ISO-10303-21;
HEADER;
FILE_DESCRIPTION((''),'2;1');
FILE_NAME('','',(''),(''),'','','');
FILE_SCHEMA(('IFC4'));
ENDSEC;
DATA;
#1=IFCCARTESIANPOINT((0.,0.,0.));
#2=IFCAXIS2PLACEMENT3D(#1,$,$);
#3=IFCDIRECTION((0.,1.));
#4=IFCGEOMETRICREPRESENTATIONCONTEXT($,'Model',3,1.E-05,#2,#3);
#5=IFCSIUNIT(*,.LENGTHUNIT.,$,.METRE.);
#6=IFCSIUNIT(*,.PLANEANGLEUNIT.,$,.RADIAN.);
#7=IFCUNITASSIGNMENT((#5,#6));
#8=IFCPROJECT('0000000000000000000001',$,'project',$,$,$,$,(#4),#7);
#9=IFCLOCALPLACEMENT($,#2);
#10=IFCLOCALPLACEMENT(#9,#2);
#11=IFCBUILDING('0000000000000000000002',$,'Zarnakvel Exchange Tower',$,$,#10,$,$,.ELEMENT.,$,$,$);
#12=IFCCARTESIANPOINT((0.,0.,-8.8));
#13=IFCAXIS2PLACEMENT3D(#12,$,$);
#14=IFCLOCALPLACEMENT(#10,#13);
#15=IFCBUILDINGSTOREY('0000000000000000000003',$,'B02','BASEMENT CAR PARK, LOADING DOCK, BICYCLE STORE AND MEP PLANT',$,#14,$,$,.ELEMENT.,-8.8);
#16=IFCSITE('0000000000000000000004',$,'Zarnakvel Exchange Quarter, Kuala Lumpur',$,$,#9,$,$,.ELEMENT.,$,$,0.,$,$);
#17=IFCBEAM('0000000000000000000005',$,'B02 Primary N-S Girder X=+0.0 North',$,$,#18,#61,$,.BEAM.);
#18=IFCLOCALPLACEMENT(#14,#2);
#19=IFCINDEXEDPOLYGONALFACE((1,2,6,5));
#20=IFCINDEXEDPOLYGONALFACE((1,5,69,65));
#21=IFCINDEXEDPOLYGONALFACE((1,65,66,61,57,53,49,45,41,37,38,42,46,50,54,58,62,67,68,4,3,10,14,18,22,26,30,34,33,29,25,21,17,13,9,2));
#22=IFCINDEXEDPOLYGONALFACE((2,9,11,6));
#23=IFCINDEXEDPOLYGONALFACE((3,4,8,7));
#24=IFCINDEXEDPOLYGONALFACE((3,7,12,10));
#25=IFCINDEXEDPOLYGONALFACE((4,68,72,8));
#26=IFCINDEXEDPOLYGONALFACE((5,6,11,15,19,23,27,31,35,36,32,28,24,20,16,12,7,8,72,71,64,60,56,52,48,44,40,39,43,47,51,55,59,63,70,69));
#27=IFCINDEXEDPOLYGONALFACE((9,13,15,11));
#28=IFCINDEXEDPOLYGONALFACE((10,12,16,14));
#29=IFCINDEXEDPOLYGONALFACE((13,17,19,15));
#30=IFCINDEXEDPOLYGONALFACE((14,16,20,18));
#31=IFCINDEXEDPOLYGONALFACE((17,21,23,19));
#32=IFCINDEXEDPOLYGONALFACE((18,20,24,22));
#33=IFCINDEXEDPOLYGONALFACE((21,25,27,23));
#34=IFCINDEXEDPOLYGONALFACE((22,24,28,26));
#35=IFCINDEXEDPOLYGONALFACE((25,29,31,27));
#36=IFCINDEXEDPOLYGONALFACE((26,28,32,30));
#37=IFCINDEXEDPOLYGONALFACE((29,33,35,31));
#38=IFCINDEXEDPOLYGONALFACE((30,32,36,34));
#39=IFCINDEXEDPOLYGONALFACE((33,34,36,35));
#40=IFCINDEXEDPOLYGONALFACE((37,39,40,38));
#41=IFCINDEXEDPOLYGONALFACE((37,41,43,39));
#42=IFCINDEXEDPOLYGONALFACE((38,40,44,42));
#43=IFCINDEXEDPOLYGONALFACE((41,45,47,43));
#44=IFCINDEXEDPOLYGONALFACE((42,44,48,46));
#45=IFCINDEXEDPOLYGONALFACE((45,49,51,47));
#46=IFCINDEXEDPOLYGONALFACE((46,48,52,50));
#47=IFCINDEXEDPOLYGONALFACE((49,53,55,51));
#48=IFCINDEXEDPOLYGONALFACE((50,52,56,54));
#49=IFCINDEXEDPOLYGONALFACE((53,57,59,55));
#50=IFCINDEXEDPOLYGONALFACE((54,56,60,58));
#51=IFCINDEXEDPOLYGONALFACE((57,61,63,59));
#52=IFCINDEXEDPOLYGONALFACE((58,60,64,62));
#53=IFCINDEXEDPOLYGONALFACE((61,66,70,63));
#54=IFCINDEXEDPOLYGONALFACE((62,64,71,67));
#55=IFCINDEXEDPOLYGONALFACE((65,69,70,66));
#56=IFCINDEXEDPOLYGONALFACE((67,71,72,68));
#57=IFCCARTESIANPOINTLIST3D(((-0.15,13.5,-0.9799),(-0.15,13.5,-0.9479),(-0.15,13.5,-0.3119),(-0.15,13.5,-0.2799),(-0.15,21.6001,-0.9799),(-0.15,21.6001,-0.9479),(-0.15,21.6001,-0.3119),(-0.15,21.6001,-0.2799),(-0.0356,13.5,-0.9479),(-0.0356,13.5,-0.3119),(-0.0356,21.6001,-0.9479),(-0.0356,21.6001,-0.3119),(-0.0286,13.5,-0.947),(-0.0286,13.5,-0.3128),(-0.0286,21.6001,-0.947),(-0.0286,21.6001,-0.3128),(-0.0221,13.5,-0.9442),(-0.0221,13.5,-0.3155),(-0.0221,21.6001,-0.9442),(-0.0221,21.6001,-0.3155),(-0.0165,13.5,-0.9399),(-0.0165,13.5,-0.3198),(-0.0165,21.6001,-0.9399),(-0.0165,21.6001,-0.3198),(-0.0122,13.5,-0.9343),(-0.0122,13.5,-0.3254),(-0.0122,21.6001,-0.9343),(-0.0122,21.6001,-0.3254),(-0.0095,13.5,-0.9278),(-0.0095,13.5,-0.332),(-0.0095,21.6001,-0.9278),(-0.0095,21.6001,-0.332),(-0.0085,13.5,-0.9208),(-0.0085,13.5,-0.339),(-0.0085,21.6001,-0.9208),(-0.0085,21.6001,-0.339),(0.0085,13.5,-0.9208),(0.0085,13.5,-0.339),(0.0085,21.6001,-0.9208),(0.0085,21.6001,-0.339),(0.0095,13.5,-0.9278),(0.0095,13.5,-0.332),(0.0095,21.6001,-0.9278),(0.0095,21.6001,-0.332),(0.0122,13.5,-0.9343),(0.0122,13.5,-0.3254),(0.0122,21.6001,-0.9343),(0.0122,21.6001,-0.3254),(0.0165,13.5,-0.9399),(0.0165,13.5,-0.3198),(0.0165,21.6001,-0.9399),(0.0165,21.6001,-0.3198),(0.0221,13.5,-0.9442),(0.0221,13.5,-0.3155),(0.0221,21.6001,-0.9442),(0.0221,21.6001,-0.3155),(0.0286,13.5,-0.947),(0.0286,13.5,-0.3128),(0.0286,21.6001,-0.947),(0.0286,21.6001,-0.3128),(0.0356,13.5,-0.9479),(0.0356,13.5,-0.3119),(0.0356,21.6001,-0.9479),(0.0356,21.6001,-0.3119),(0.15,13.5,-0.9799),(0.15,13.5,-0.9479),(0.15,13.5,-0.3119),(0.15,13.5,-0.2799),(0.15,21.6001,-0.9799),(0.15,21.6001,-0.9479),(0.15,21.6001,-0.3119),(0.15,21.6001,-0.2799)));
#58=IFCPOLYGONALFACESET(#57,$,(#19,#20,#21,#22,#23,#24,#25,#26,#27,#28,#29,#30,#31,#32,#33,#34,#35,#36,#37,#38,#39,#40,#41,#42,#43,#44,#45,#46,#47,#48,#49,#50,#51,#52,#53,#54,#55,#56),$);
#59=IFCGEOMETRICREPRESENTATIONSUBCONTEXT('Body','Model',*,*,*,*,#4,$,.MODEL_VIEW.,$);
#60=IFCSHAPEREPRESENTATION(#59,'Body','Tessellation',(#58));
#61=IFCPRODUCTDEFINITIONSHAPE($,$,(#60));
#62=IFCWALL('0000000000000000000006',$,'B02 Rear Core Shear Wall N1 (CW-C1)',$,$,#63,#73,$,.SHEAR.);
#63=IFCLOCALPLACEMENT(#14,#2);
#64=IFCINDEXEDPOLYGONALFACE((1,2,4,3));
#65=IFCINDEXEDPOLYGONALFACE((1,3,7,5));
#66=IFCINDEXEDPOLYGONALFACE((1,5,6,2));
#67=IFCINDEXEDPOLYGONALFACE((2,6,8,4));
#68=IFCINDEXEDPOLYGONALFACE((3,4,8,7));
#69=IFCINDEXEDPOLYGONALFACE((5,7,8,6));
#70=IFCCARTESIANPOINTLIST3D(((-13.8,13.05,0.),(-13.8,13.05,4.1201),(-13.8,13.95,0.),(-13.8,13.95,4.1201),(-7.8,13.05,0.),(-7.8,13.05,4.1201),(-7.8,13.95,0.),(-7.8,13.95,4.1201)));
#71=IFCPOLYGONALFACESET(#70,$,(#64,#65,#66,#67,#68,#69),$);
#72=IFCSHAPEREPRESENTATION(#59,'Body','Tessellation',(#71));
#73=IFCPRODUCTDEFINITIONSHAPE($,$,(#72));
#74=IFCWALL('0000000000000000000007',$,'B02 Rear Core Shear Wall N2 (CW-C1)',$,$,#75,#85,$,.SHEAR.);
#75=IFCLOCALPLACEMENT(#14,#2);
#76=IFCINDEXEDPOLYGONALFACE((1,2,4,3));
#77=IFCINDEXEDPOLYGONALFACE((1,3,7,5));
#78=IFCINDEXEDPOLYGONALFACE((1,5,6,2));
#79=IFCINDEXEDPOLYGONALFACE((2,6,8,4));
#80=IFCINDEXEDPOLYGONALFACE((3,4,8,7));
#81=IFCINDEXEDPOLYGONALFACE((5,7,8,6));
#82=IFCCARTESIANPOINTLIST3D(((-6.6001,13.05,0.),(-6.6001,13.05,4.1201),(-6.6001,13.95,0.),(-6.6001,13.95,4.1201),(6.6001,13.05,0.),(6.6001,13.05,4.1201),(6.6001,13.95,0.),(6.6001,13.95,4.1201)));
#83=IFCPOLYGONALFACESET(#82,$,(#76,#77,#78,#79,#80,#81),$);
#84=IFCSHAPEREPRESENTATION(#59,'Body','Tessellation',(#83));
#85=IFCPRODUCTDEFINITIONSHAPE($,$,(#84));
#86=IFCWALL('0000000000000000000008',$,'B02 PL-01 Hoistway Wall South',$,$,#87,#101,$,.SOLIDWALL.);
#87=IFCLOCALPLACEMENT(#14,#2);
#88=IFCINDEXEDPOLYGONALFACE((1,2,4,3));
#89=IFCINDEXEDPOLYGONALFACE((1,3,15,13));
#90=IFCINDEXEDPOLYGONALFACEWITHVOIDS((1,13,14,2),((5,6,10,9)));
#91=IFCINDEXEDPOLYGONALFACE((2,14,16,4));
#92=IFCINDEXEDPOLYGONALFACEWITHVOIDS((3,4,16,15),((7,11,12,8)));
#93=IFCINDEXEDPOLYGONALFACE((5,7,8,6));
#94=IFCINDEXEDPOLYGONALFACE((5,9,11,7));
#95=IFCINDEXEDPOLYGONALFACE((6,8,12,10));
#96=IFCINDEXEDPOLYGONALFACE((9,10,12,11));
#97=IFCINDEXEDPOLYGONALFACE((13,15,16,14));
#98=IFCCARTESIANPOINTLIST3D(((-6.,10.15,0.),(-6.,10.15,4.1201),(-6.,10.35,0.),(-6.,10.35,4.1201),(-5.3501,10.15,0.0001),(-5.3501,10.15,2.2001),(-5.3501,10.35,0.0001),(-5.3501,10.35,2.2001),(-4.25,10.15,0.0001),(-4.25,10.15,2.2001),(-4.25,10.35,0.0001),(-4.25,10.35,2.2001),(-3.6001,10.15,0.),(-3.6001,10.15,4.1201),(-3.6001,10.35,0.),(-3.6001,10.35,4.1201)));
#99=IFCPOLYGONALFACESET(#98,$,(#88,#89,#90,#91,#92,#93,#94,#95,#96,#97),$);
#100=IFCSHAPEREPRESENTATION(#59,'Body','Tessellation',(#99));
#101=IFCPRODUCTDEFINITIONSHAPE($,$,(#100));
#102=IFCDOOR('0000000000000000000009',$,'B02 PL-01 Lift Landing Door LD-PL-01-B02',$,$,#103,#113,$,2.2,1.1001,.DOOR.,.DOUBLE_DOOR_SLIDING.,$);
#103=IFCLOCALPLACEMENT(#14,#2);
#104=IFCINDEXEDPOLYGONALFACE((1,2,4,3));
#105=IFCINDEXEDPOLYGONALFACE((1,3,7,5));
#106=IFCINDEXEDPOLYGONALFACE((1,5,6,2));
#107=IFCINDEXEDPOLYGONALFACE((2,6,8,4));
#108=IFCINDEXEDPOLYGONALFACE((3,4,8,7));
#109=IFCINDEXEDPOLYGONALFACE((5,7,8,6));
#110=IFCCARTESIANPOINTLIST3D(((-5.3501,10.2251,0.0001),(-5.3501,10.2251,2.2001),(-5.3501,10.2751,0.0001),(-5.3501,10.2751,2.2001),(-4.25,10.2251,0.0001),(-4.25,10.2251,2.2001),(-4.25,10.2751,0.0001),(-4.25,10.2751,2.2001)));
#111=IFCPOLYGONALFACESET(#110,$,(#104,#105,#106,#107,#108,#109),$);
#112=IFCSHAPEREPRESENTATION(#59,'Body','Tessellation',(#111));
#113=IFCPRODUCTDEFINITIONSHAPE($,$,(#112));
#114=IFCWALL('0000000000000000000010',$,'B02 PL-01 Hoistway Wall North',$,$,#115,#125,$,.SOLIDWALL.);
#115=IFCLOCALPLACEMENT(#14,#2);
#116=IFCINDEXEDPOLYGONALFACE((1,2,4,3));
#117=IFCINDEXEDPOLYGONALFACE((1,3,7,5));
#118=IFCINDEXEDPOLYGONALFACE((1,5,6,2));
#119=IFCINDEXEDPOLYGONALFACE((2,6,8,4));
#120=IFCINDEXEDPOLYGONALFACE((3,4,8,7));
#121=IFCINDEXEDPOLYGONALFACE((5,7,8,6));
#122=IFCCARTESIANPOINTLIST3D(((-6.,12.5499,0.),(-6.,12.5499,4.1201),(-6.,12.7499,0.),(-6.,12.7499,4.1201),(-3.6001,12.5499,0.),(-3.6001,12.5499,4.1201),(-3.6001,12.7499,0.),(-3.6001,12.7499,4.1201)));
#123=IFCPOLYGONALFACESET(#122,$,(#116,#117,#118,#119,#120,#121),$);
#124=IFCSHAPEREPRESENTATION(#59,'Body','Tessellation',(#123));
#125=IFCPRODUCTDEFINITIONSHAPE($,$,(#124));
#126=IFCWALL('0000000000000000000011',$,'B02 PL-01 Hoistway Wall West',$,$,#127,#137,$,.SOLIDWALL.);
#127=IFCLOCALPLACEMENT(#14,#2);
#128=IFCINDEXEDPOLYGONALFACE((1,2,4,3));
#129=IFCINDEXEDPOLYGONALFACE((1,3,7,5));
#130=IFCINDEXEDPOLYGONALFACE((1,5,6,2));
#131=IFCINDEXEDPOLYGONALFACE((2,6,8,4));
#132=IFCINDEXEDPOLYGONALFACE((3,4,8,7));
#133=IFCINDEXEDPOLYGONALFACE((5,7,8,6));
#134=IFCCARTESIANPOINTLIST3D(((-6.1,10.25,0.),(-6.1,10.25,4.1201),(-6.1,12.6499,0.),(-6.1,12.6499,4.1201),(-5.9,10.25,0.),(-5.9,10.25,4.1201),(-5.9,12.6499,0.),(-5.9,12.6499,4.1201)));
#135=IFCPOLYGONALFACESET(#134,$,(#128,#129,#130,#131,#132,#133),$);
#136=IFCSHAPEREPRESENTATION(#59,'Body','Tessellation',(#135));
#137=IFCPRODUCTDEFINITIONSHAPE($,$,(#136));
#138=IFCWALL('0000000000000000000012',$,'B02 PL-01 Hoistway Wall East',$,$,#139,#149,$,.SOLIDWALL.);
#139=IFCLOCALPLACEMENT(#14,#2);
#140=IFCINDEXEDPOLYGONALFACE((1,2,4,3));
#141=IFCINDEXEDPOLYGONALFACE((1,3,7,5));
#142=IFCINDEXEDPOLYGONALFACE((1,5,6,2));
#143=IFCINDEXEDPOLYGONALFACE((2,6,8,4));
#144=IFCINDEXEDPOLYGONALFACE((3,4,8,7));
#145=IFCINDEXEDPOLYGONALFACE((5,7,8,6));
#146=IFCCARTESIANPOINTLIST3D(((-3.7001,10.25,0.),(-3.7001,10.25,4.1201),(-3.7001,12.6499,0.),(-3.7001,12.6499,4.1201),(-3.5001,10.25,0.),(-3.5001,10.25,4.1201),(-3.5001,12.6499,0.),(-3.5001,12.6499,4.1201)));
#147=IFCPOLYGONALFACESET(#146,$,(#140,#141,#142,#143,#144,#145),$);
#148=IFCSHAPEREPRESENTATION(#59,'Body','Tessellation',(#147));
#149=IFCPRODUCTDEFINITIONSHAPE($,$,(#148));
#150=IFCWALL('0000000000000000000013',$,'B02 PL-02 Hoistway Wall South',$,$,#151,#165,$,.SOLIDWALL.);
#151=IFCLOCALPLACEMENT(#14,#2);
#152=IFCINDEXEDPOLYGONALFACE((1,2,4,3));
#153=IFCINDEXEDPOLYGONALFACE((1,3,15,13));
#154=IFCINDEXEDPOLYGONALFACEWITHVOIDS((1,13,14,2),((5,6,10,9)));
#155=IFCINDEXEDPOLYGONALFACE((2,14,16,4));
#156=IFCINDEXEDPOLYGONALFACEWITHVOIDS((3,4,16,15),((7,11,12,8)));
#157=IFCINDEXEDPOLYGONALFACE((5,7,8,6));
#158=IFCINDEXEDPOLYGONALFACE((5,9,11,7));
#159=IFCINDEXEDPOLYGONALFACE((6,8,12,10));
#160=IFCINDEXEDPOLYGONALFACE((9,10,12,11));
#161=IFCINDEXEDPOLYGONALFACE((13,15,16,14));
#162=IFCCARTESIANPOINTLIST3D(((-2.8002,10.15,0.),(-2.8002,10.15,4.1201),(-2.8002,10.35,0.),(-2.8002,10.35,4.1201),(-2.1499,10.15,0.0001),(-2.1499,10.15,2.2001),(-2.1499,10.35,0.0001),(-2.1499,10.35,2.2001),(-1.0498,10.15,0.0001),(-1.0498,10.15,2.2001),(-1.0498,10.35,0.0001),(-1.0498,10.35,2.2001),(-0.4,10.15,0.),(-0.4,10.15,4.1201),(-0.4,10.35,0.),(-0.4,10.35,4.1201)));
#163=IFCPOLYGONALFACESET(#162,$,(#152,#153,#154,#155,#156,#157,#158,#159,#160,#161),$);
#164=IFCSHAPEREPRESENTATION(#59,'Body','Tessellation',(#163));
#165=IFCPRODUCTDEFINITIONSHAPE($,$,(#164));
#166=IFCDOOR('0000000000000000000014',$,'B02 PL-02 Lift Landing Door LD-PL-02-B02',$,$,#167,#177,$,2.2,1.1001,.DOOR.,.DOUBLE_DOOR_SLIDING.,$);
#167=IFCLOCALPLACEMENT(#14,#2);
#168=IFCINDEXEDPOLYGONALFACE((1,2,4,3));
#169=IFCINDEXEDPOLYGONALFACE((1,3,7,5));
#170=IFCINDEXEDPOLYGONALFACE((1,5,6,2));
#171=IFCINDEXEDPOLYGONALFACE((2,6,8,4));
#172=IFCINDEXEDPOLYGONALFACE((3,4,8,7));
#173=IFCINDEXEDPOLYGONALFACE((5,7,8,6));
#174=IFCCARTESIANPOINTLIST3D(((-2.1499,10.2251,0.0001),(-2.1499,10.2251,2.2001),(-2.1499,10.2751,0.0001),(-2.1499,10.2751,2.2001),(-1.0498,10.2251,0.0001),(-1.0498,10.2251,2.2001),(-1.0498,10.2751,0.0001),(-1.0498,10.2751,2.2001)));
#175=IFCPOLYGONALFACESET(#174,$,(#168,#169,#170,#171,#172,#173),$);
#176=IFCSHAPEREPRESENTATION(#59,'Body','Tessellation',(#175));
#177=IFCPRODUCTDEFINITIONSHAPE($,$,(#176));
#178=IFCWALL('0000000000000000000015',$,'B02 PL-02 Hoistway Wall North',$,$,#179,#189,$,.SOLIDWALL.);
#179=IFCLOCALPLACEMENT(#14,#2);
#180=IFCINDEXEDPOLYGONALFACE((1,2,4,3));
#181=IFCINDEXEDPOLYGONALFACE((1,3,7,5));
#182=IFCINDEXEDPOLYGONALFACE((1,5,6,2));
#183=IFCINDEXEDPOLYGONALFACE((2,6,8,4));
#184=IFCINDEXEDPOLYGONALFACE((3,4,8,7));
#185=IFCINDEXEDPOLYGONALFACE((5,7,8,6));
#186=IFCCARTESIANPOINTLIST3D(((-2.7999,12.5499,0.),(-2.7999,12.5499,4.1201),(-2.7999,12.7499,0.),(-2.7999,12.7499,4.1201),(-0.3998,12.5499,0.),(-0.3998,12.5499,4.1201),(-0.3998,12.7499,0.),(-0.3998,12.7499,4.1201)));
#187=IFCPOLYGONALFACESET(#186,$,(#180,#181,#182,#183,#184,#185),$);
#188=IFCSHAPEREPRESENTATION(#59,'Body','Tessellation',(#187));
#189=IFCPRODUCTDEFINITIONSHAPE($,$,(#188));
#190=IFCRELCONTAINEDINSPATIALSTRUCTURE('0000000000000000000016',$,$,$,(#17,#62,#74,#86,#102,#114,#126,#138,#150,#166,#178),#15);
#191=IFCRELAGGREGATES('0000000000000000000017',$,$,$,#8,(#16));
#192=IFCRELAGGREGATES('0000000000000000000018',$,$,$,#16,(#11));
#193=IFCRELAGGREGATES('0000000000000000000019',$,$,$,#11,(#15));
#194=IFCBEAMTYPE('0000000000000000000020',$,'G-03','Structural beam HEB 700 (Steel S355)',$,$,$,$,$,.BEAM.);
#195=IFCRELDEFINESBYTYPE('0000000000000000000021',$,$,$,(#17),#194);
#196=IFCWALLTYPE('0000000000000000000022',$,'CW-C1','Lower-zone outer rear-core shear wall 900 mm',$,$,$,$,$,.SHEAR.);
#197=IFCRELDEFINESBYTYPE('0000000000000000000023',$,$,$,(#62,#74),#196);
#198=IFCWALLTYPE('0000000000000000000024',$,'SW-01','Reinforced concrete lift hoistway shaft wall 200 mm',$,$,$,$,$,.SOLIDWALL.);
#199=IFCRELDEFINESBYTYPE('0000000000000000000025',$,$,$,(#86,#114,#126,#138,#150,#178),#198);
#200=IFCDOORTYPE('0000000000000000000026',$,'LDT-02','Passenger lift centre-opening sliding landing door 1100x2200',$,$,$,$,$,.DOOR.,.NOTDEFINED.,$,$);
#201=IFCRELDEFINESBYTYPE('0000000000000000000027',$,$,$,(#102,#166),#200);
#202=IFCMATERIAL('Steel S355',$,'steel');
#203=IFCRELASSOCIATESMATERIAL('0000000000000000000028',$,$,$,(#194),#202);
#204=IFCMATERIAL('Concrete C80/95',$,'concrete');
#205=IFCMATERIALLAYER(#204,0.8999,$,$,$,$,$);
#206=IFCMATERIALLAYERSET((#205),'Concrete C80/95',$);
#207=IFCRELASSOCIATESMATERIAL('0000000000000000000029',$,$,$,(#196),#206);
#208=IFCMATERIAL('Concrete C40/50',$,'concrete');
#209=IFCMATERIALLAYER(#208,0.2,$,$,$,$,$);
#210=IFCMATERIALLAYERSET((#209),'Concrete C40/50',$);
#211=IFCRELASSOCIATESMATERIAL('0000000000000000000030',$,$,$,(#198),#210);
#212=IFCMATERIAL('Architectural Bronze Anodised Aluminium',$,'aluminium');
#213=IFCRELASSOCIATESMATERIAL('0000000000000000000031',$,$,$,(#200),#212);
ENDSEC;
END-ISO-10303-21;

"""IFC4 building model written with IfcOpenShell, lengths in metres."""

from ifc_helpers import new_model, si_unit, direction, frame, frame_2d, origin, origin_2d, place, context, subcontext, project, spatial, rectangle, i_section, extrude, source, transform, mapped, material, layer, layer_set, material_profile, profile_set, type_object, element, fill, save


model = new_model("IFC4")

# Units and contexts
model_context = context("Model", 3, precision=1e-05, world=origin(), true_north=direction((0.0, 1.0)))
body_context = subcontext(model_context, "Body", "Model", "MODEL_VIEW")
ifc_project = project(units=[si_unit("LENGTHUNIT", "METRE"), si_unit("PLANEANGLEUNIT", "RADIAN")], contexts=[model_context])

# Site, building, storey
site_placement = place(None, origin())
site = spatial("IfcSite", under=ifc_project, at=site_placement, Name="Zarnakvel Exchange Quarter, Kuala Lumpur", CompositionType="ELEMENT", RefElevation=0.0)
building_placement = place(site_placement, origin())
building = spatial("IfcBuilding", under=site, at=building_placement, Name="Zarnakvel Exchange Tower", CompositionType="ELEMENT")
storey_placement = place(building_placement, frame((0.0, 0.0, -8.8)))
storey = spatial("IfcBuildingStorey", under=building, at=storey_placement, Name="B02", Description="BASEMENT CAR PARK, LOADING DOCK, BICYCLE STORE AND MEP PLANT", CompositionType="ELEMENT", Elevation=-8.8)

# Shared definitions
ifc_material_1 = material(Name="Concrete C80/95", Category="concrete")

# Beam
ifc_material_2 = material(Name="Steel S355", Category="steel")
ifc_material_profile_1 = material_profile(ifc_material_2, i_section(OverallWidth=0.3, OverallDepth=0.7, WebThickness=0.0171, FlangeThickness=0.032, FilletRadius=0.0271, at=origin_2d()))
ifc_profile_set_1 = profile_set([ifc_material_profile_1], Name="Steel S355")
beam_type_1 = type_object("IfcBeamType", Name="G-03", Description="Structural beam HEB 700 (Steel S355)", PredefinedType="BEAM", material=ifc_profile_set_1)
beam_1_placement = place(storey_placement, frame((0.0, 13.5, -0.6299), z_axis=(0.0, 1.0, 0.0), x_axis=(-1.0, 0.0, 0.0)))
element("IfcBeam", 1, at=beam_1_placement, inside=storey, type_object=beam_type_1, Name="B02 Primary N-S Girder X=+0.0 North", PredefinedType="BEAM", context=body_context, shape_type="SweptSolid", body=[
    extrude(i_section(OverallWidth=0.3, OverallDepth=0.7, WebThickness=0.0171, FlangeThickness=0.032, FilletRadius=0.0271, at=origin_2d()), origin(), (0.0, 0.0, 1.0), 8.1001),
])

# Walls
ifc_layer_1 = layer(ifc_material_1, 0.8999)
ifc_layer_set_1 = layer_set([ifc_layer_1], Name="Concrete C80/95")
wall_type_1 = type_object("IfcWallType", Name="CW-C1", Description="Lower-zone outer rear-core shear wall 900 mm", PredefinedType="SHEAR", material=ifc_layer_set_1)
wall_1_placement = place(storey_placement, frame((-13.8, 13.5, 0.0), z_axis=(0.0, 0.0, 1.0), x_axis=(1.0, 0.0, 0.0)))
element("IfcWall", 2, at=wall_1_placement, inside=storey, type_object=wall_type_1, Name="B02 Rear Core Shear Wall N1 (CW-C1)", PredefinedType="SHEAR", context=body_context, shape_type="SweptSolid", body=[
    extrude(rectangle(XDim=6.0, YDim=0.8999, at=frame_2d((3.0, 0.0))), origin(), (0.0, 0.0, 1.0), 4.1201),
])
wall_2_placement = place(storey_placement, frame((-6.6001, 13.5, 0.0), z_axis=(0.0, 0.0, 1.0), x_axis=(1.0, 0.0, 0.0)))
element("IfcWall", 3, at=wall_2_placement, inside=storey, type_object=wall_type_1, Name="B02 Rear Core Shear Wall N2 (CW-C1)", PredefinedType="SHEAR", context=body_context, shape_type="SweptSolid", body=[
    extrude(rectangle(XDim=13.2002, YDim=0.8999, at=frame_2d((6.6001, 0.0))), origin(), (0.0, 0.0, 1.0), 4.1201),
])

# Wall, opening, door
ifc_material_3 = material(Name="Concrete C40/50", Category="concrete")
ifc_layer_2 = layer(ifc_material_3, 0.2)
ifc_layer_set_2 = layer_set([ifc_layer_2], Name="Concrete C40/50")
wall_type_2 = type_object("IfcWallType", Name="SW-01", Description="Reinforced concrete lift hoistway shaft wall 200 mm", PredefinedType="SOLIDWALL", material=ifc_layer_set_2)
wall_3_placement = place(storey_placement, frame((-3.6001, 10.25, 0.0), z_axis=(0.0, 0.0, 1.0), x_axis=(-1.0, 0.0, 0.0)))
wall_3 = element("IfcWall", 4, at=wall_3_placement, inside=storey, type_object=wall_type_2, Name="B02 PL-01 Hoistway Wall South", PredefinedType="SOLIDWALL", context=body_context, shape_type="SweptSolid", body=[
    extrude(rectangle(XDim=2.3999, YDim=0.2, at=frame_2d((1.2, 0.0))), origin(), (0.0, 0.0, 1.0), 4.1201),
])
opening_1_placement = place(wall_3_placement, frame((0.6499, 0.0, 0.0)))
opening_1 = element("IfcOpeningElement", 5, at=opening_1_placement, cuts=wall_3, PredefinedType="OPENING", context=body_context, shape_type="SweptSolid", body=[
    extrude(rectangle(XDim=1.1001, YDim=2.2, at=frame_2d((0.55, 1.1001))), frame((0.0, 0.1099, 0.0), z_axis=(0.0, -1.0, 0.0), x_axis=(1.0, 0.0, 0.0)), (0.0, 0.0, 1.0), 0.22),
])
ifc_material_4 = material(Name="Architectural Bronze Anodised Aluminium", Category="aluminium")
door_type = type_object("IfcDoorType", Name="LDT-02", Description="Passenger lift centre-opening sliding landing door 1100x2200", OperationType="NOTDEFINED", PredefinedType="DOOR", material=ifc_material_4)
shared_shape = source(origin(), body_context, "Body", "SweptSolid", [
    extrude(rectangle(XDim=1.1001, YDim=2.2, at=frame_2d((0.55, 1.1001))), frame((0.0, 0.0249, 0.0), z_axis=(0.0, -1.0, 0.0), x_axis=(1.0, 0.0, 0.0)), (0.0, 0.0, 1.0), 0.05),
])
door_1_placement = place(opening_1_placement, origin())
door_1 = element("IfcDoor", 6, at=door_1_placement, inside=storey, type_object=door_type, Name="B02 PL-01 Lift Landing Door LD-PL-01-B02", OperationType="DOUBLE_DOOR_SLIDING", OverallHeight=2.2, OverallWidth=1.1001, PredefinedType="DOOR", context=body_context, shape_type="MappedRepresentation", body=[
    mapped(shared_shape, transform((0.0, 0.0, 0.0), x_axis=(1.0, 0.0, 0.0), y_axis=(0.0, 1.0, 0.0), z_axis=(0.0, 0.0, 1.0), scale=1.0)),
])
fill(opening_1, door_1)

# Walls
for number, where, z_axis, x_axis, name in (
    (7, (-6.0, 12.6499, 0.0), (0.0, 0.0, 1.0), (1.0, 0.0, 0.0), "B02 PL-01 Hoistway Wall North"),
    (8, (-6.0, 10.25, 0.0), (0.0, 0.0, 1.0), (0.0, 1.0, 0.0), "B02 PL-01 Hoistway Wall West"),
    (9, (-3.6001, 12.6499, 0.0), (0.0, 0.0, 1.0), (0.0, -1.0, 0.0), "B02 PL-01 Hoistway Wall East"),
):
    element("IfcWall", number, at=place(storey_placement, frame(where, z_axis=z_axis, x_axis=x_axis)), inside=storey, type_object=wall_type_2, Name=name, PredefinedType="SOLIDWALL", context=body_context, shape_type="SweptSolid", body=[
        extrude(rectangle(XDim=2.3999, YDim=0.2, at=frame_2d((1.2, 0.0))), origin(), (0.0, 0.0, 1.0), 4.1201),
    ])

# Wall, opening, door
wall_4_placement = place(storey_placement, frame((-0.3999, 10.25, 0.0), z_axis=(0.0, 0.0, 1.0), x_axis=(-1.0, 0.0, 0.0)))
wall_4 = element("IfcWall", 10, at=wall_4_placement, inside=storey, type_object=wall_type_2, Name="B02 PL-02 Hoistway Wall South", PredefinedType="SOLIDWALL", context=body_context, shape_type="SweptSolid", body=[
    extrude(rectangle(XDim=2.4001, YDim=0.2, at=frame_2d((1.2002, 0.0))), origin(), (0.0, 0.0, 1.0), 4.1201),
])
opening_2_placement = place(wall_4_placement, frame((0.6499, 0.0, 0.0)))
opening_2 = element("IfcOpeningElement", 11, at=opening_2_placement, cuts=wall_4, PredefinedType="OPENING", context=body_context, shape_type="SweptSolid", body=[
    extrude(rectangle(XDim=1.1001, YDim=2.2, at=frame_2d((0.55, 1.1001))), frame((0.0, 0.1099, 0.0), z_axis=(0.0, -1.0, 0.0), x_axis=(1.0, 0.0, 0.0)), (0.0, 0.0, 1.0), 0.22),
])
door_2_placement = place(opening_2_placement, origin())
door_2 = element("IfcDoor", 12, at=door_2_placement, inside=storey, type_object=door_type, Name="B02 PL-02 Lift Landing Door LD-PL-02-B02", OperationType="DOUBLE_DOOR_SLIDING", OverallHeight=2.2, OverallWidth=1.1001, PredefinedType="DOOR", context=body_context, shape_type="MappedRepresentation", body=[
    mapped(shared_shape, transform((0.0, 0.0, 0.0), x_axis=(1.0, 0.0, 0.0), y_axis=(0.0, 1.0, 0.0), z_axis=(0.0, 0.0, 1.0), scale=1.0)),
])
fill(opening_2, door_2)

# Wall
wall_5_placement = place(storey_placement, frame((-2.8, 12.6499, 0.0), z_axis=(0.0, 0.0, 1.0), x_axis=(1.0, 0.0, 0.0)))
element("IfcWall", 13, at=wall_5_placement, inside=storey, type_object=wall_type_2, Name="B02 PL-02 Hoistway Wall North", PredefinedType="SOLIDWALL", context=body_context, shape_type="SweptSolid", body=[
    extrude(rectangle(XDim=2.4001, YDim=0.2, at=frame_2d((1.2002, 0.0))), origin(), (0.0, 0.0, 1.0), 4.1201),
])

save(model, "model.ifc")
